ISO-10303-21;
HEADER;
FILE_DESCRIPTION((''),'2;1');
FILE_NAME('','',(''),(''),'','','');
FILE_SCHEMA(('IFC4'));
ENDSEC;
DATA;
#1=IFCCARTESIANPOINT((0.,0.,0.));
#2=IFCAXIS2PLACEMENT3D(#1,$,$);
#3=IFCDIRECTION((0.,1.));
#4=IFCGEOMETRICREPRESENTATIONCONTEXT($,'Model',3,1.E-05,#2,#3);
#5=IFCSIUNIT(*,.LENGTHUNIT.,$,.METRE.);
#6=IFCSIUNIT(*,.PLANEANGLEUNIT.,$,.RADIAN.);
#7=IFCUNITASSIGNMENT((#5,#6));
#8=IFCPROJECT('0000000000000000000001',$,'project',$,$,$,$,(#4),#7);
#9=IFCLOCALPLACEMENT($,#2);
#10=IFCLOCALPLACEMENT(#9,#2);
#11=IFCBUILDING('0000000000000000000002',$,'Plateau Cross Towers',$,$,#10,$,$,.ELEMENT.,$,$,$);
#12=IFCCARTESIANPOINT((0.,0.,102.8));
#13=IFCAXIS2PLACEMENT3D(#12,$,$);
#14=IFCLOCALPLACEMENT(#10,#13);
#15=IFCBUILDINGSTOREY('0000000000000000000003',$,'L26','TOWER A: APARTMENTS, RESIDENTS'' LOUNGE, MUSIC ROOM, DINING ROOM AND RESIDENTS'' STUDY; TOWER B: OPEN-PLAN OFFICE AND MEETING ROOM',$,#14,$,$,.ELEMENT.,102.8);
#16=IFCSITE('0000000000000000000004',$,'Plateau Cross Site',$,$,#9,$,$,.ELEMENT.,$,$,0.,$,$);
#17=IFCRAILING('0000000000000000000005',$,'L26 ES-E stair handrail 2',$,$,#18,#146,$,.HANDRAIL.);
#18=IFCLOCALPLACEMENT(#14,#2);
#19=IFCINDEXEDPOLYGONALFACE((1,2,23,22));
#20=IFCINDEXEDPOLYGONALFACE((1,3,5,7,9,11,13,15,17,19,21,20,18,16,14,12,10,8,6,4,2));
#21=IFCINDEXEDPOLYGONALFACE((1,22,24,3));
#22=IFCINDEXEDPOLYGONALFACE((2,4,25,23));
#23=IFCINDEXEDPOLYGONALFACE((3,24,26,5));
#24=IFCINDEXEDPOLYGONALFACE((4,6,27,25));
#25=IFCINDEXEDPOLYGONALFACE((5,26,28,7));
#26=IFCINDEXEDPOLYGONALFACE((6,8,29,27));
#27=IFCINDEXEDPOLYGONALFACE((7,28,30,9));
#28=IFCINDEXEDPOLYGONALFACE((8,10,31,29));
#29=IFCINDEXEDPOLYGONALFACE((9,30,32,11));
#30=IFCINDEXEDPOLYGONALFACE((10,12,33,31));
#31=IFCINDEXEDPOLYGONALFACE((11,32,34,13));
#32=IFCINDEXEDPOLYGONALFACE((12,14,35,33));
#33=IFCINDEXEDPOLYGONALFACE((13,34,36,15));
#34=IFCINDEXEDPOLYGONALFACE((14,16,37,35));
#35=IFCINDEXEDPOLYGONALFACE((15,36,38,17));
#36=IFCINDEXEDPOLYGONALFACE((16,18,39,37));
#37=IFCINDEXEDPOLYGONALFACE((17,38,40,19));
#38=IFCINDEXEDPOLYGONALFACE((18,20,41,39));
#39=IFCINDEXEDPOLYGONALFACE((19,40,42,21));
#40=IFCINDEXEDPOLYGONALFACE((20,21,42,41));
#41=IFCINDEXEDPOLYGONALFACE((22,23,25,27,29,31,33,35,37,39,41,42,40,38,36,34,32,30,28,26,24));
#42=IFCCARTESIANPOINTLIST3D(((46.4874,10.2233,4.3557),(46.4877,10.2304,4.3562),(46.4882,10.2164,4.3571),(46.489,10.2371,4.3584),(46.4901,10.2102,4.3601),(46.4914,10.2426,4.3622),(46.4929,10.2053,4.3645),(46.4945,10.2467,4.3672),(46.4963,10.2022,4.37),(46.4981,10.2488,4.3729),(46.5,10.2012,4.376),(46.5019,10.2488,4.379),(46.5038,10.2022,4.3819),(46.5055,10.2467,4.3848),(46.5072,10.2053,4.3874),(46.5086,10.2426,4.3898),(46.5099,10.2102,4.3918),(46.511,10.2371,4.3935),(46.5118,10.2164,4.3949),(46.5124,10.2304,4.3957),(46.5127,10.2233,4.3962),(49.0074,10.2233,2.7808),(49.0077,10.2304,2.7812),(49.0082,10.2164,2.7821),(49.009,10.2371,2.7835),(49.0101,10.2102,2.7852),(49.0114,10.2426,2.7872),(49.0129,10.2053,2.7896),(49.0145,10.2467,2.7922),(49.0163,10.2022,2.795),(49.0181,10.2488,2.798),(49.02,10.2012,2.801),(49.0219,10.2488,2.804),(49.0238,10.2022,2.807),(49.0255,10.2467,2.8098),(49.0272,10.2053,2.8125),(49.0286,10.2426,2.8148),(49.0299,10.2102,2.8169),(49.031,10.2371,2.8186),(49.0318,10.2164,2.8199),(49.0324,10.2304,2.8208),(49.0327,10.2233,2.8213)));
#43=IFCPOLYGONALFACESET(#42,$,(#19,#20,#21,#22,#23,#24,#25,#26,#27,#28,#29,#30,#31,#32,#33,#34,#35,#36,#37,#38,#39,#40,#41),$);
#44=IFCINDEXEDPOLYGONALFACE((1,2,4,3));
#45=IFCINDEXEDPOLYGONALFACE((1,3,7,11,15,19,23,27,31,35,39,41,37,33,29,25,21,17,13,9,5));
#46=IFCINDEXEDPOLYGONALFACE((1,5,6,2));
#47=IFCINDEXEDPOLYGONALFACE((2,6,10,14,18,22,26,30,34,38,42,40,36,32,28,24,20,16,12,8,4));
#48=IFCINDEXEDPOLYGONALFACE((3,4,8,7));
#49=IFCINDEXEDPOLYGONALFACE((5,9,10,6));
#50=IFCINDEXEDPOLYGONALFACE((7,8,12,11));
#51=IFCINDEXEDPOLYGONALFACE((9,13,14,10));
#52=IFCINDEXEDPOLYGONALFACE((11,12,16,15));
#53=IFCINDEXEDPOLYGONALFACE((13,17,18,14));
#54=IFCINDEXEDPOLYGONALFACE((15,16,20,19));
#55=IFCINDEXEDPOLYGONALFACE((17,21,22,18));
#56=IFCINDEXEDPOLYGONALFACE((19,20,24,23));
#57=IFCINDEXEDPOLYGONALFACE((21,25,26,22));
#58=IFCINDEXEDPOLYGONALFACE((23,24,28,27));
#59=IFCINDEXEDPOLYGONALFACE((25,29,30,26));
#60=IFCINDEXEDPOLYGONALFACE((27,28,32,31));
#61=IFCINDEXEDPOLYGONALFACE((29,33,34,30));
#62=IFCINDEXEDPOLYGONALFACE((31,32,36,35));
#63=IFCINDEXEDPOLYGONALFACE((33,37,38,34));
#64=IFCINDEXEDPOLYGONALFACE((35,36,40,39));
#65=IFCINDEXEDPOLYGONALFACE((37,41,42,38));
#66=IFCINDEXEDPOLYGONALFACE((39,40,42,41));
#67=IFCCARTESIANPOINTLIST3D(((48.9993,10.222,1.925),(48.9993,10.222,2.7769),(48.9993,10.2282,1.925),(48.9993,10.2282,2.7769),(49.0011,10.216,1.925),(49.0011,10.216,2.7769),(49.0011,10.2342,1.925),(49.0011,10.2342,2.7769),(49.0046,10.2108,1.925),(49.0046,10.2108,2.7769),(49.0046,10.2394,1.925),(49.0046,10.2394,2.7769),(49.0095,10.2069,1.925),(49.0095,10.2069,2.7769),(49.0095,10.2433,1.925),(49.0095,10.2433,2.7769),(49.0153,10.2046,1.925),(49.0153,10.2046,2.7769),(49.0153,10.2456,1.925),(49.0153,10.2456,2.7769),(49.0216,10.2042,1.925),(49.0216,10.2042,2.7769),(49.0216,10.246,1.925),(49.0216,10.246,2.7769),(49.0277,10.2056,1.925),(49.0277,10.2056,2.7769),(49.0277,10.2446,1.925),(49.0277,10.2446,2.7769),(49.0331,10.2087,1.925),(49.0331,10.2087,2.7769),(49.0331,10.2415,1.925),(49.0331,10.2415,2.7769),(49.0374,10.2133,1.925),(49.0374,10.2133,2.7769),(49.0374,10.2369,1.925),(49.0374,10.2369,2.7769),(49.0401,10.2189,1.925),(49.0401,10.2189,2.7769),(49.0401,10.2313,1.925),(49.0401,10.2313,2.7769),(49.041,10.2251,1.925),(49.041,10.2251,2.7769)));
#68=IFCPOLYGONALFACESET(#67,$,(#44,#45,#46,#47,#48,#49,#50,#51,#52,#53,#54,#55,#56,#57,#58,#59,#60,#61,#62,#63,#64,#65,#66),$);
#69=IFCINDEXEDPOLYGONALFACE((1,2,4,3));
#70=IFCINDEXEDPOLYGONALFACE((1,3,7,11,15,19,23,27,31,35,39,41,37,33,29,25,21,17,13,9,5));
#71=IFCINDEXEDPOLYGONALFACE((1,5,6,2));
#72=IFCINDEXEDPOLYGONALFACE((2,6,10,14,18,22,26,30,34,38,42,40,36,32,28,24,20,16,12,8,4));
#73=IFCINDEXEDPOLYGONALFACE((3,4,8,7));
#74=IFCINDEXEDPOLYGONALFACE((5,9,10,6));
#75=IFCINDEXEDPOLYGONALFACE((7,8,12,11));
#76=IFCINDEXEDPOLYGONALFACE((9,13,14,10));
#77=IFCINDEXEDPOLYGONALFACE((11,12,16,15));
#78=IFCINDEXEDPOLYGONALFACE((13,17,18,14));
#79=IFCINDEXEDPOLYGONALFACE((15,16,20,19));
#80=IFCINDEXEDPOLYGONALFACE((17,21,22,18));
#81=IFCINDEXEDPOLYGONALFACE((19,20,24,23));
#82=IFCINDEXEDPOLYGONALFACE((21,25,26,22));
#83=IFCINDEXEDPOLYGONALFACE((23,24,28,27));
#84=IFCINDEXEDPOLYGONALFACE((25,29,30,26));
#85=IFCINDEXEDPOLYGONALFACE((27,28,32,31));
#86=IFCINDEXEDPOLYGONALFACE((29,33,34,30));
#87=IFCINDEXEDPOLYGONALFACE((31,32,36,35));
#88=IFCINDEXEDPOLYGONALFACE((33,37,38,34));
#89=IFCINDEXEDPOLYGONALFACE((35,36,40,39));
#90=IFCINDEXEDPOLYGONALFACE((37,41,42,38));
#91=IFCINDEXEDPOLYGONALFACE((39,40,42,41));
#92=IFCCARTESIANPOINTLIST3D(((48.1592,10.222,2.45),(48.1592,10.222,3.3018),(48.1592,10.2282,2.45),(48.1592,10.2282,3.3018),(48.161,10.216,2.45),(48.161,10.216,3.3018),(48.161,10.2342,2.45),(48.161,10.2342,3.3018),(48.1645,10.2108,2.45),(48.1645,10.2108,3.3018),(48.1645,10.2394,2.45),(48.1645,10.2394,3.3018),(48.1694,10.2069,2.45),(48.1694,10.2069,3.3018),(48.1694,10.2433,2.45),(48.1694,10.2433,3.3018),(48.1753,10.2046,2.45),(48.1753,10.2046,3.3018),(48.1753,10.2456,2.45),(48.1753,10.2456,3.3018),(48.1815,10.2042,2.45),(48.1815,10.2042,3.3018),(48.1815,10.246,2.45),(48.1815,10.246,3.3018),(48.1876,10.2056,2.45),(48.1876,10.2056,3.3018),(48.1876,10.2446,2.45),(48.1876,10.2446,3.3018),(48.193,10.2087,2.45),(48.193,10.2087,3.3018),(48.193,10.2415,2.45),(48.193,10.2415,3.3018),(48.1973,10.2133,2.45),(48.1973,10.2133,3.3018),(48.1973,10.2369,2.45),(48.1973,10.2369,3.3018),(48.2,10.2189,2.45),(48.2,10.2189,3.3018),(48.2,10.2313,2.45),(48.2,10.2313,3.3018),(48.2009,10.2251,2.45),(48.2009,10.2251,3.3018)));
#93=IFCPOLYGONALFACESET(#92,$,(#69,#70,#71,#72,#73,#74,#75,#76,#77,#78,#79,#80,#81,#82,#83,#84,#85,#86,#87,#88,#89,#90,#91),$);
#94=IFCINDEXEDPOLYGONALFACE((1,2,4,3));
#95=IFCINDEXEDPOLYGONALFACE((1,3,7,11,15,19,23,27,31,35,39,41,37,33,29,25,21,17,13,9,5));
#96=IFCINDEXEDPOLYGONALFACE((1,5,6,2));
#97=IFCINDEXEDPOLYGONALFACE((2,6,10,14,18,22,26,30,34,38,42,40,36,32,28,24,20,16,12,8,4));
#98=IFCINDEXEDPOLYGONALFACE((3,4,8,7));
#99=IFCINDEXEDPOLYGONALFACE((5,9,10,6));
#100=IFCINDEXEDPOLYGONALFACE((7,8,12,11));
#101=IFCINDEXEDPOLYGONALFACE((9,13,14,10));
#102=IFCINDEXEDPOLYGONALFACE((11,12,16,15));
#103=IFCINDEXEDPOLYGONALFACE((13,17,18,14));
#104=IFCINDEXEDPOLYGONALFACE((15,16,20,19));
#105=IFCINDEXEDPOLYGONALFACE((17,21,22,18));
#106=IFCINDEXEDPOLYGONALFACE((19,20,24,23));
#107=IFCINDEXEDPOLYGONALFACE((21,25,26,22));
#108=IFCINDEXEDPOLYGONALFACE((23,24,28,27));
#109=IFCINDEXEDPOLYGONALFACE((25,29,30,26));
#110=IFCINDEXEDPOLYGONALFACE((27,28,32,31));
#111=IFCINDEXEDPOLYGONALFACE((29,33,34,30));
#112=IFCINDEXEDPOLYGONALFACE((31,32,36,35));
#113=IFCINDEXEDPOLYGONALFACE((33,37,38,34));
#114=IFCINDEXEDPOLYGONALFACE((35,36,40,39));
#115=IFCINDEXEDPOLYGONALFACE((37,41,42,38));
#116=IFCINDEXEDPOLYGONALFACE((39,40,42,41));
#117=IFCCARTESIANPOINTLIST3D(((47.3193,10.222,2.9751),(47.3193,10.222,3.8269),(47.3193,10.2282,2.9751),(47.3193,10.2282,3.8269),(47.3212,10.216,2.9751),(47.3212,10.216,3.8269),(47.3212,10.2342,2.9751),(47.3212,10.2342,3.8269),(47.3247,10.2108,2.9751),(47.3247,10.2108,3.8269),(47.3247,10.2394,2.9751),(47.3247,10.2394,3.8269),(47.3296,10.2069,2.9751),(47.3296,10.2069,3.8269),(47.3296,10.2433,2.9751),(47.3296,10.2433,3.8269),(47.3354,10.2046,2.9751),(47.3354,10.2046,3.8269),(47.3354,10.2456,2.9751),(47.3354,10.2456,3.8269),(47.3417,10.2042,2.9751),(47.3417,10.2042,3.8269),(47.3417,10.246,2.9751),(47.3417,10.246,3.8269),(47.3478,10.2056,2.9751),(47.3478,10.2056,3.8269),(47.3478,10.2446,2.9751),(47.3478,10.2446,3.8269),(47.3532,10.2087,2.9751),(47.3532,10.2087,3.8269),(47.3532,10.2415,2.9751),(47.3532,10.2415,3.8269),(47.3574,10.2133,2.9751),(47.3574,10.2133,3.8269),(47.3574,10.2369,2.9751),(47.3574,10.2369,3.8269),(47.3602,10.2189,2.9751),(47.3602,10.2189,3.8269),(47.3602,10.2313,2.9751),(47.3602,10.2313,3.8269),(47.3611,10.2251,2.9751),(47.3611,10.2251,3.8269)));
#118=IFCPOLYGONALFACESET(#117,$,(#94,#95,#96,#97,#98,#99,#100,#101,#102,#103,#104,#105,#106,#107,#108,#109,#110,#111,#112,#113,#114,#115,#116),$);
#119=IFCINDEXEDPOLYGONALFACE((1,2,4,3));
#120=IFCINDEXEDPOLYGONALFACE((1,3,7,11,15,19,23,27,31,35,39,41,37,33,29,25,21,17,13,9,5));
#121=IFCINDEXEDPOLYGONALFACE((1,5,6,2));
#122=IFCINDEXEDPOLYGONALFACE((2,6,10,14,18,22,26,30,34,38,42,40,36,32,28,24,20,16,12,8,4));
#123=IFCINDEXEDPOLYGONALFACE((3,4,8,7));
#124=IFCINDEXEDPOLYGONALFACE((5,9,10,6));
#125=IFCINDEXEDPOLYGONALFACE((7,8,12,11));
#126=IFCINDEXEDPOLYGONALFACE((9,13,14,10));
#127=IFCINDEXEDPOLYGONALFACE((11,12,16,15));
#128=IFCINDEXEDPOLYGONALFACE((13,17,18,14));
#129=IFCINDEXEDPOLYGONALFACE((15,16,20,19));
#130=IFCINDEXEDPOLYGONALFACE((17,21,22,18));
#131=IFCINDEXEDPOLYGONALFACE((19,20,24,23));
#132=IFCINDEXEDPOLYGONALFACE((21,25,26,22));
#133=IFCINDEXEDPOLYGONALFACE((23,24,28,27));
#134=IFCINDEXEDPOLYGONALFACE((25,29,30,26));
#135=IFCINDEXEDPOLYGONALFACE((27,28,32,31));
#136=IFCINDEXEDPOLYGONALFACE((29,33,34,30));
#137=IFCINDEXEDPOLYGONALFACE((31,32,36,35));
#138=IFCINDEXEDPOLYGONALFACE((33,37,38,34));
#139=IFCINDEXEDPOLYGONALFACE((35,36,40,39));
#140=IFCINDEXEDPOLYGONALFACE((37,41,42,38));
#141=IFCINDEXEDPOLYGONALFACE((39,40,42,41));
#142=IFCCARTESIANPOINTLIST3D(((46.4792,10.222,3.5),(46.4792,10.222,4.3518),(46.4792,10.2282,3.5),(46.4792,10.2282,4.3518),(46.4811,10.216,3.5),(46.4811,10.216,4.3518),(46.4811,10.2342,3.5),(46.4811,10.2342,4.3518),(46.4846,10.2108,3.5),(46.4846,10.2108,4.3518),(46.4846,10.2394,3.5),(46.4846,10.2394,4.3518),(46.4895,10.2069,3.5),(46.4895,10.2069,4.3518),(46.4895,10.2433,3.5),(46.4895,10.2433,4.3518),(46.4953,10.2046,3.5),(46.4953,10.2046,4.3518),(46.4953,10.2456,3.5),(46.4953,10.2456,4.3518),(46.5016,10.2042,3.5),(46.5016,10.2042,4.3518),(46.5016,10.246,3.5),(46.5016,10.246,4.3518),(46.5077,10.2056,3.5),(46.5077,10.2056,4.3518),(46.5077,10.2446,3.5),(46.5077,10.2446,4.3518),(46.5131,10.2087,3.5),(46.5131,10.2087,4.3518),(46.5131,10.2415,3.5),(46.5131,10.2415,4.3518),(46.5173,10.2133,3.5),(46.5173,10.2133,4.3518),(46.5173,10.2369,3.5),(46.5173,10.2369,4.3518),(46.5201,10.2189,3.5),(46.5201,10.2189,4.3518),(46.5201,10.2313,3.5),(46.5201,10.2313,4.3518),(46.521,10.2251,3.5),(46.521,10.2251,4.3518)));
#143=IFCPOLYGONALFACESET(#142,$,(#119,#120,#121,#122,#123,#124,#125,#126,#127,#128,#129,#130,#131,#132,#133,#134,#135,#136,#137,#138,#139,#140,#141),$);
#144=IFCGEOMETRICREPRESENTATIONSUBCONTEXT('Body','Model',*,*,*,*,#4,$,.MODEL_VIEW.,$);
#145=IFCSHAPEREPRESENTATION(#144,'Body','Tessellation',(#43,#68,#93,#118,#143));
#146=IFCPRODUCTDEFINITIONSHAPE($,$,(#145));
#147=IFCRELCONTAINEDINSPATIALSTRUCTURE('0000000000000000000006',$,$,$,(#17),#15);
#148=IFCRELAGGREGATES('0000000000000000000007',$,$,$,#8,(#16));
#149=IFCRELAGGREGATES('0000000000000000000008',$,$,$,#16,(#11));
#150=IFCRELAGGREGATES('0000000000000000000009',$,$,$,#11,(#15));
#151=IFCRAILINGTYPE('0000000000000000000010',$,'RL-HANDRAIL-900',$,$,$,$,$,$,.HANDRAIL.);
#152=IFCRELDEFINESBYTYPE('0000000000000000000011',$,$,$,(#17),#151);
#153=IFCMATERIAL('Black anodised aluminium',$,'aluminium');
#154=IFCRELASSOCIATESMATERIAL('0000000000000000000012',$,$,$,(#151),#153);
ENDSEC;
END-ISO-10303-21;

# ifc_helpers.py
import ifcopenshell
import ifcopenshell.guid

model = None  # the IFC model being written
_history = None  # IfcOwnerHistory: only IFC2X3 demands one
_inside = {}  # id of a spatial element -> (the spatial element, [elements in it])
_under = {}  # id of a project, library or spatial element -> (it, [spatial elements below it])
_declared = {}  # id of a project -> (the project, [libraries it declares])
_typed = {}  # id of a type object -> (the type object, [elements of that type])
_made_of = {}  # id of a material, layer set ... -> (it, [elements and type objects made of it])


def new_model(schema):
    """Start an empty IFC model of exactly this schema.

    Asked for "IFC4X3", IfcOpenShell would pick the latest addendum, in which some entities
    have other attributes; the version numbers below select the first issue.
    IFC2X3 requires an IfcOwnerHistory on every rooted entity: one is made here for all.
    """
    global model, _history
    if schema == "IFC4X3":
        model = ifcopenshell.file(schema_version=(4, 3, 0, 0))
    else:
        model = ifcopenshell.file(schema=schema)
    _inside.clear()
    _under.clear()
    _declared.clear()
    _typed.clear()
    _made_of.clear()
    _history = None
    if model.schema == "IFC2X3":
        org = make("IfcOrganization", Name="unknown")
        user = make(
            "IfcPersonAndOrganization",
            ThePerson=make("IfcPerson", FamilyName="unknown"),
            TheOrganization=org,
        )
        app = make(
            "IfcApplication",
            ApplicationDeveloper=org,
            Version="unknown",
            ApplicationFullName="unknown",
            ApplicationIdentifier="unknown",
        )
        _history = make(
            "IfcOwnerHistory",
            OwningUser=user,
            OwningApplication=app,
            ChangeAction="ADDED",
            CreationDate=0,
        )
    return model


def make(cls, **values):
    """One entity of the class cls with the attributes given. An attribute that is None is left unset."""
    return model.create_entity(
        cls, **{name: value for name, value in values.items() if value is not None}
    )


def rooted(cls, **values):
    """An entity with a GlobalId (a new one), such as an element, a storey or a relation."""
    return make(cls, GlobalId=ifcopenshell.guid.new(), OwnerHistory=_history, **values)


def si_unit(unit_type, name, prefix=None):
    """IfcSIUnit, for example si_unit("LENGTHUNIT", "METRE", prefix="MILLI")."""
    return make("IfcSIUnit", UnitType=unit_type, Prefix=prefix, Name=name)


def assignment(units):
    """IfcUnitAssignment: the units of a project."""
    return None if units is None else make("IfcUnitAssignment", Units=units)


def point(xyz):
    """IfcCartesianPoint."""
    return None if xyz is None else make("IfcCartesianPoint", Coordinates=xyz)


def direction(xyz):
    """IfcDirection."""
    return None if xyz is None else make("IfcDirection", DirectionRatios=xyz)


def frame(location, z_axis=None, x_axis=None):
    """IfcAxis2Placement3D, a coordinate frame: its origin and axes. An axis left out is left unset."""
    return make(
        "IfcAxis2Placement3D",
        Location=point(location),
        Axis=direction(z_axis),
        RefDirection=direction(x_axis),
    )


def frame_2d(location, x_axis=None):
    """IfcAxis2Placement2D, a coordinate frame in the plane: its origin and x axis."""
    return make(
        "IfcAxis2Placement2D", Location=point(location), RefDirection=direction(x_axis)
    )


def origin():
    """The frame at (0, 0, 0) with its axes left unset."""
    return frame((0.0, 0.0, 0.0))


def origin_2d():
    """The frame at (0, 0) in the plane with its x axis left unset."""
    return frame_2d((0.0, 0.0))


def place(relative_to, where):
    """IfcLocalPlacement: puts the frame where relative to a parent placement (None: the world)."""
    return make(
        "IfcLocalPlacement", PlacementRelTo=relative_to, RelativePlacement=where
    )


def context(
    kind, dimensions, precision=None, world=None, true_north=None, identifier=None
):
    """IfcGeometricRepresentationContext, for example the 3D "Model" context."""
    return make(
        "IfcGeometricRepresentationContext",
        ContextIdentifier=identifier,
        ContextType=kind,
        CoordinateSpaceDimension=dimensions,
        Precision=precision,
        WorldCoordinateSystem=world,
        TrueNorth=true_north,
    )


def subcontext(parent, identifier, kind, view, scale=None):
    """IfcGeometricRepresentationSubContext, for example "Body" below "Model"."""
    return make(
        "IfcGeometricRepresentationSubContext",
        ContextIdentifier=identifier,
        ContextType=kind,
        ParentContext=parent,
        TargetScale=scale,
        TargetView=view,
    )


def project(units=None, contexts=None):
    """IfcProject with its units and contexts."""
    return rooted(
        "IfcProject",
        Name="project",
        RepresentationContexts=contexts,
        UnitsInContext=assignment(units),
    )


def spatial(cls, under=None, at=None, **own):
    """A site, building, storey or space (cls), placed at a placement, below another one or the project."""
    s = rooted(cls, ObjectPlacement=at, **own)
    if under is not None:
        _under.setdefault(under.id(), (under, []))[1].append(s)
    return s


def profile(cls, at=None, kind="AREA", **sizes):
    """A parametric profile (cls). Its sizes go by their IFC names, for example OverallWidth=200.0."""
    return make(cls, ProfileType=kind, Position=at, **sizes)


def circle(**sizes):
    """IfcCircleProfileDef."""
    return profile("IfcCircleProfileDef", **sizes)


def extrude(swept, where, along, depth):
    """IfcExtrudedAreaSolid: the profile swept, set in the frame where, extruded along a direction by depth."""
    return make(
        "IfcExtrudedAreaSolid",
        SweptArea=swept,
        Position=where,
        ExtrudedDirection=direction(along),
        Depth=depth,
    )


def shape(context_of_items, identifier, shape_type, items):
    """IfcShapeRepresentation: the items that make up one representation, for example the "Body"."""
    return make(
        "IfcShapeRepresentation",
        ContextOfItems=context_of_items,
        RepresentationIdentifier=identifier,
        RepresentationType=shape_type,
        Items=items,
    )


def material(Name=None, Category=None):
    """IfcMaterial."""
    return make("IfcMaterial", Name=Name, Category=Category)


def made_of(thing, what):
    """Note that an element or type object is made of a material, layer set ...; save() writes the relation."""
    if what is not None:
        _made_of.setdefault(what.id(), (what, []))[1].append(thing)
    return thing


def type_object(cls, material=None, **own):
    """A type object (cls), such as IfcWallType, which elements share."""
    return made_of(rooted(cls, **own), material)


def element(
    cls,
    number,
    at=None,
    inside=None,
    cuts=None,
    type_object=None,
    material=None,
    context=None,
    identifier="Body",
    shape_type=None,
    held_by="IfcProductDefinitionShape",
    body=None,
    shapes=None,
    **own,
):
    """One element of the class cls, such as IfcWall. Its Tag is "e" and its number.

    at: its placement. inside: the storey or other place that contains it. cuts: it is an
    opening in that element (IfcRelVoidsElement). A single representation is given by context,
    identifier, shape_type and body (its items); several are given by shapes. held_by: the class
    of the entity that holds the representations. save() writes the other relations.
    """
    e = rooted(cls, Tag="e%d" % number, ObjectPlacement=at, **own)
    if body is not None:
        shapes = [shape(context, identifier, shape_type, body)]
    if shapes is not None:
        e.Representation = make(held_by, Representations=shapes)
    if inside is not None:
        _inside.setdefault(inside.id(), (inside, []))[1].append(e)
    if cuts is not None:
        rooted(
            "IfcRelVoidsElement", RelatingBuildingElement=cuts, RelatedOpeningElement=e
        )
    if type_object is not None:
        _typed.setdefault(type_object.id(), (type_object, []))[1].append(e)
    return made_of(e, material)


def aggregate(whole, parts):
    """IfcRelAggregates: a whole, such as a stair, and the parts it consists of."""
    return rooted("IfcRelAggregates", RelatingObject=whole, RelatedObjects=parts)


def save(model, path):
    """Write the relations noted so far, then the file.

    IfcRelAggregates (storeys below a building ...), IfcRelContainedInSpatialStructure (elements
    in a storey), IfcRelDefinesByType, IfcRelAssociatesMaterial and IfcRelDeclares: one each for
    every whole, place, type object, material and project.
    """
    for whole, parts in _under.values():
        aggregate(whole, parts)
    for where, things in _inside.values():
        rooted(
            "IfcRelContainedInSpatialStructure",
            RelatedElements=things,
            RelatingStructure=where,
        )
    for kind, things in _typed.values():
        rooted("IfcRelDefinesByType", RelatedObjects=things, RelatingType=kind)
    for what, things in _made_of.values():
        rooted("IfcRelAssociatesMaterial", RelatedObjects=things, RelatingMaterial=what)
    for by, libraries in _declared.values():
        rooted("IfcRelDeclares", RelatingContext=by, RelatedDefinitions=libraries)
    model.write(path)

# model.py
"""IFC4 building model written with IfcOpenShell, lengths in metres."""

from ifc_helpers import new_model, si_unit, direction, frame, origin, origin_2d, place, context, subcontext, project, spatial, circle, extrude, material, type_object, element, save


model = new_model("IFC4")

# Units and contexts
model_context = context("Model", 3, precision=1e-05, world=origin(), true_north=direction((0.0, 1.0)))
body_context = subcontext(model_context, "Body", "Model", "MODEL_VIEW")
ifc_project = project(units=[si_unit("LENGTHUNIT", "METRE"), si_unit("PLANEANGLEUNIT", "RADIAN")], contexts=[model_context])

# Site, building, storey
site_placement = place(None, origin())
site = spatial("IfcSite", under=ifc_project, at=site_placement, Name="Plateau Cross Site", CompositionType="ELEMENT", RefElevation=0.0)
building_placement = place(site_placement, origin())
building = spatial("IfcBuilding", under=site, at=building_placement, Name="Plateau Cross Towers", CompositionType="ELEMENT")
storey_placement = place(building_placement, frame((0.0, 0.0, 102.8)))
storey = spatial("IfcBuildingStorey", under=building, at=storey_placement, Name="L26", Description="TOWER A: APARTMENTS, RESIDENTS' LOUNGE, MUSIC ROOM, DINING ROOM AND RESIDENTS' STUDY; TOWER B: OPEN-PLAN OFFICE AND MEETING ROOM", CompositionType="ELEMENT", Elevation=102.8)

# Shared definitions
ifc_material_1 = material(Name="Black anodised aluminium", Category="aluminium")

# Railing
railing_type_1 = type_object("IfcRailingType", Name="RL-HANDRAIL-900", PredefinedType="HANDRAIL", material=ifc_material_1)
railing_1_placement = place(storey_placement, frame((49.02, 10.2251, 1.925)))
element("IfcRailing", 1, at=railing_1_placement, inside=storey, type_object=railing_type_1, Name="L26 ES-E stair handrail 2", PredefinedType="HANDRAIL", context=body_context, shape_type="SweptSolid", body=[
    extrude(circle(Radius=0.0239, at=origin_2d()), frame((0.0, 0.0, 0.876), z_axis=(-0.848008, 0.0, 0.529984), x_axis=(0.0, -1.0, 0.0)), (0.0, 0.0, 1.0), 2.9717),
    extrude(circle(Radius=0.021, at=origin_2d()), origin(), (0.0, 0.0, 1.0), 0.8518),
    extrude(circle(Radius=0.021, at=origin_2d()), frame((-0.8401, 0.0, 0.5249)), (0.0, 0.0, 1.0), 0.8518),
    extrude(circle(Radius=0.021, at=origin_2d()), frame((-1.6799, 0.0, 1.05)), (0.0, 0.0, 1.0), 0.8518),
    extrude(circle(Radius=0.021, at=origin_2d()), frame((-2.52, 0.0, 1.575)), (0.0, 0.0, 1.0), 0.8518),
])

save(model, "model.ifc")
